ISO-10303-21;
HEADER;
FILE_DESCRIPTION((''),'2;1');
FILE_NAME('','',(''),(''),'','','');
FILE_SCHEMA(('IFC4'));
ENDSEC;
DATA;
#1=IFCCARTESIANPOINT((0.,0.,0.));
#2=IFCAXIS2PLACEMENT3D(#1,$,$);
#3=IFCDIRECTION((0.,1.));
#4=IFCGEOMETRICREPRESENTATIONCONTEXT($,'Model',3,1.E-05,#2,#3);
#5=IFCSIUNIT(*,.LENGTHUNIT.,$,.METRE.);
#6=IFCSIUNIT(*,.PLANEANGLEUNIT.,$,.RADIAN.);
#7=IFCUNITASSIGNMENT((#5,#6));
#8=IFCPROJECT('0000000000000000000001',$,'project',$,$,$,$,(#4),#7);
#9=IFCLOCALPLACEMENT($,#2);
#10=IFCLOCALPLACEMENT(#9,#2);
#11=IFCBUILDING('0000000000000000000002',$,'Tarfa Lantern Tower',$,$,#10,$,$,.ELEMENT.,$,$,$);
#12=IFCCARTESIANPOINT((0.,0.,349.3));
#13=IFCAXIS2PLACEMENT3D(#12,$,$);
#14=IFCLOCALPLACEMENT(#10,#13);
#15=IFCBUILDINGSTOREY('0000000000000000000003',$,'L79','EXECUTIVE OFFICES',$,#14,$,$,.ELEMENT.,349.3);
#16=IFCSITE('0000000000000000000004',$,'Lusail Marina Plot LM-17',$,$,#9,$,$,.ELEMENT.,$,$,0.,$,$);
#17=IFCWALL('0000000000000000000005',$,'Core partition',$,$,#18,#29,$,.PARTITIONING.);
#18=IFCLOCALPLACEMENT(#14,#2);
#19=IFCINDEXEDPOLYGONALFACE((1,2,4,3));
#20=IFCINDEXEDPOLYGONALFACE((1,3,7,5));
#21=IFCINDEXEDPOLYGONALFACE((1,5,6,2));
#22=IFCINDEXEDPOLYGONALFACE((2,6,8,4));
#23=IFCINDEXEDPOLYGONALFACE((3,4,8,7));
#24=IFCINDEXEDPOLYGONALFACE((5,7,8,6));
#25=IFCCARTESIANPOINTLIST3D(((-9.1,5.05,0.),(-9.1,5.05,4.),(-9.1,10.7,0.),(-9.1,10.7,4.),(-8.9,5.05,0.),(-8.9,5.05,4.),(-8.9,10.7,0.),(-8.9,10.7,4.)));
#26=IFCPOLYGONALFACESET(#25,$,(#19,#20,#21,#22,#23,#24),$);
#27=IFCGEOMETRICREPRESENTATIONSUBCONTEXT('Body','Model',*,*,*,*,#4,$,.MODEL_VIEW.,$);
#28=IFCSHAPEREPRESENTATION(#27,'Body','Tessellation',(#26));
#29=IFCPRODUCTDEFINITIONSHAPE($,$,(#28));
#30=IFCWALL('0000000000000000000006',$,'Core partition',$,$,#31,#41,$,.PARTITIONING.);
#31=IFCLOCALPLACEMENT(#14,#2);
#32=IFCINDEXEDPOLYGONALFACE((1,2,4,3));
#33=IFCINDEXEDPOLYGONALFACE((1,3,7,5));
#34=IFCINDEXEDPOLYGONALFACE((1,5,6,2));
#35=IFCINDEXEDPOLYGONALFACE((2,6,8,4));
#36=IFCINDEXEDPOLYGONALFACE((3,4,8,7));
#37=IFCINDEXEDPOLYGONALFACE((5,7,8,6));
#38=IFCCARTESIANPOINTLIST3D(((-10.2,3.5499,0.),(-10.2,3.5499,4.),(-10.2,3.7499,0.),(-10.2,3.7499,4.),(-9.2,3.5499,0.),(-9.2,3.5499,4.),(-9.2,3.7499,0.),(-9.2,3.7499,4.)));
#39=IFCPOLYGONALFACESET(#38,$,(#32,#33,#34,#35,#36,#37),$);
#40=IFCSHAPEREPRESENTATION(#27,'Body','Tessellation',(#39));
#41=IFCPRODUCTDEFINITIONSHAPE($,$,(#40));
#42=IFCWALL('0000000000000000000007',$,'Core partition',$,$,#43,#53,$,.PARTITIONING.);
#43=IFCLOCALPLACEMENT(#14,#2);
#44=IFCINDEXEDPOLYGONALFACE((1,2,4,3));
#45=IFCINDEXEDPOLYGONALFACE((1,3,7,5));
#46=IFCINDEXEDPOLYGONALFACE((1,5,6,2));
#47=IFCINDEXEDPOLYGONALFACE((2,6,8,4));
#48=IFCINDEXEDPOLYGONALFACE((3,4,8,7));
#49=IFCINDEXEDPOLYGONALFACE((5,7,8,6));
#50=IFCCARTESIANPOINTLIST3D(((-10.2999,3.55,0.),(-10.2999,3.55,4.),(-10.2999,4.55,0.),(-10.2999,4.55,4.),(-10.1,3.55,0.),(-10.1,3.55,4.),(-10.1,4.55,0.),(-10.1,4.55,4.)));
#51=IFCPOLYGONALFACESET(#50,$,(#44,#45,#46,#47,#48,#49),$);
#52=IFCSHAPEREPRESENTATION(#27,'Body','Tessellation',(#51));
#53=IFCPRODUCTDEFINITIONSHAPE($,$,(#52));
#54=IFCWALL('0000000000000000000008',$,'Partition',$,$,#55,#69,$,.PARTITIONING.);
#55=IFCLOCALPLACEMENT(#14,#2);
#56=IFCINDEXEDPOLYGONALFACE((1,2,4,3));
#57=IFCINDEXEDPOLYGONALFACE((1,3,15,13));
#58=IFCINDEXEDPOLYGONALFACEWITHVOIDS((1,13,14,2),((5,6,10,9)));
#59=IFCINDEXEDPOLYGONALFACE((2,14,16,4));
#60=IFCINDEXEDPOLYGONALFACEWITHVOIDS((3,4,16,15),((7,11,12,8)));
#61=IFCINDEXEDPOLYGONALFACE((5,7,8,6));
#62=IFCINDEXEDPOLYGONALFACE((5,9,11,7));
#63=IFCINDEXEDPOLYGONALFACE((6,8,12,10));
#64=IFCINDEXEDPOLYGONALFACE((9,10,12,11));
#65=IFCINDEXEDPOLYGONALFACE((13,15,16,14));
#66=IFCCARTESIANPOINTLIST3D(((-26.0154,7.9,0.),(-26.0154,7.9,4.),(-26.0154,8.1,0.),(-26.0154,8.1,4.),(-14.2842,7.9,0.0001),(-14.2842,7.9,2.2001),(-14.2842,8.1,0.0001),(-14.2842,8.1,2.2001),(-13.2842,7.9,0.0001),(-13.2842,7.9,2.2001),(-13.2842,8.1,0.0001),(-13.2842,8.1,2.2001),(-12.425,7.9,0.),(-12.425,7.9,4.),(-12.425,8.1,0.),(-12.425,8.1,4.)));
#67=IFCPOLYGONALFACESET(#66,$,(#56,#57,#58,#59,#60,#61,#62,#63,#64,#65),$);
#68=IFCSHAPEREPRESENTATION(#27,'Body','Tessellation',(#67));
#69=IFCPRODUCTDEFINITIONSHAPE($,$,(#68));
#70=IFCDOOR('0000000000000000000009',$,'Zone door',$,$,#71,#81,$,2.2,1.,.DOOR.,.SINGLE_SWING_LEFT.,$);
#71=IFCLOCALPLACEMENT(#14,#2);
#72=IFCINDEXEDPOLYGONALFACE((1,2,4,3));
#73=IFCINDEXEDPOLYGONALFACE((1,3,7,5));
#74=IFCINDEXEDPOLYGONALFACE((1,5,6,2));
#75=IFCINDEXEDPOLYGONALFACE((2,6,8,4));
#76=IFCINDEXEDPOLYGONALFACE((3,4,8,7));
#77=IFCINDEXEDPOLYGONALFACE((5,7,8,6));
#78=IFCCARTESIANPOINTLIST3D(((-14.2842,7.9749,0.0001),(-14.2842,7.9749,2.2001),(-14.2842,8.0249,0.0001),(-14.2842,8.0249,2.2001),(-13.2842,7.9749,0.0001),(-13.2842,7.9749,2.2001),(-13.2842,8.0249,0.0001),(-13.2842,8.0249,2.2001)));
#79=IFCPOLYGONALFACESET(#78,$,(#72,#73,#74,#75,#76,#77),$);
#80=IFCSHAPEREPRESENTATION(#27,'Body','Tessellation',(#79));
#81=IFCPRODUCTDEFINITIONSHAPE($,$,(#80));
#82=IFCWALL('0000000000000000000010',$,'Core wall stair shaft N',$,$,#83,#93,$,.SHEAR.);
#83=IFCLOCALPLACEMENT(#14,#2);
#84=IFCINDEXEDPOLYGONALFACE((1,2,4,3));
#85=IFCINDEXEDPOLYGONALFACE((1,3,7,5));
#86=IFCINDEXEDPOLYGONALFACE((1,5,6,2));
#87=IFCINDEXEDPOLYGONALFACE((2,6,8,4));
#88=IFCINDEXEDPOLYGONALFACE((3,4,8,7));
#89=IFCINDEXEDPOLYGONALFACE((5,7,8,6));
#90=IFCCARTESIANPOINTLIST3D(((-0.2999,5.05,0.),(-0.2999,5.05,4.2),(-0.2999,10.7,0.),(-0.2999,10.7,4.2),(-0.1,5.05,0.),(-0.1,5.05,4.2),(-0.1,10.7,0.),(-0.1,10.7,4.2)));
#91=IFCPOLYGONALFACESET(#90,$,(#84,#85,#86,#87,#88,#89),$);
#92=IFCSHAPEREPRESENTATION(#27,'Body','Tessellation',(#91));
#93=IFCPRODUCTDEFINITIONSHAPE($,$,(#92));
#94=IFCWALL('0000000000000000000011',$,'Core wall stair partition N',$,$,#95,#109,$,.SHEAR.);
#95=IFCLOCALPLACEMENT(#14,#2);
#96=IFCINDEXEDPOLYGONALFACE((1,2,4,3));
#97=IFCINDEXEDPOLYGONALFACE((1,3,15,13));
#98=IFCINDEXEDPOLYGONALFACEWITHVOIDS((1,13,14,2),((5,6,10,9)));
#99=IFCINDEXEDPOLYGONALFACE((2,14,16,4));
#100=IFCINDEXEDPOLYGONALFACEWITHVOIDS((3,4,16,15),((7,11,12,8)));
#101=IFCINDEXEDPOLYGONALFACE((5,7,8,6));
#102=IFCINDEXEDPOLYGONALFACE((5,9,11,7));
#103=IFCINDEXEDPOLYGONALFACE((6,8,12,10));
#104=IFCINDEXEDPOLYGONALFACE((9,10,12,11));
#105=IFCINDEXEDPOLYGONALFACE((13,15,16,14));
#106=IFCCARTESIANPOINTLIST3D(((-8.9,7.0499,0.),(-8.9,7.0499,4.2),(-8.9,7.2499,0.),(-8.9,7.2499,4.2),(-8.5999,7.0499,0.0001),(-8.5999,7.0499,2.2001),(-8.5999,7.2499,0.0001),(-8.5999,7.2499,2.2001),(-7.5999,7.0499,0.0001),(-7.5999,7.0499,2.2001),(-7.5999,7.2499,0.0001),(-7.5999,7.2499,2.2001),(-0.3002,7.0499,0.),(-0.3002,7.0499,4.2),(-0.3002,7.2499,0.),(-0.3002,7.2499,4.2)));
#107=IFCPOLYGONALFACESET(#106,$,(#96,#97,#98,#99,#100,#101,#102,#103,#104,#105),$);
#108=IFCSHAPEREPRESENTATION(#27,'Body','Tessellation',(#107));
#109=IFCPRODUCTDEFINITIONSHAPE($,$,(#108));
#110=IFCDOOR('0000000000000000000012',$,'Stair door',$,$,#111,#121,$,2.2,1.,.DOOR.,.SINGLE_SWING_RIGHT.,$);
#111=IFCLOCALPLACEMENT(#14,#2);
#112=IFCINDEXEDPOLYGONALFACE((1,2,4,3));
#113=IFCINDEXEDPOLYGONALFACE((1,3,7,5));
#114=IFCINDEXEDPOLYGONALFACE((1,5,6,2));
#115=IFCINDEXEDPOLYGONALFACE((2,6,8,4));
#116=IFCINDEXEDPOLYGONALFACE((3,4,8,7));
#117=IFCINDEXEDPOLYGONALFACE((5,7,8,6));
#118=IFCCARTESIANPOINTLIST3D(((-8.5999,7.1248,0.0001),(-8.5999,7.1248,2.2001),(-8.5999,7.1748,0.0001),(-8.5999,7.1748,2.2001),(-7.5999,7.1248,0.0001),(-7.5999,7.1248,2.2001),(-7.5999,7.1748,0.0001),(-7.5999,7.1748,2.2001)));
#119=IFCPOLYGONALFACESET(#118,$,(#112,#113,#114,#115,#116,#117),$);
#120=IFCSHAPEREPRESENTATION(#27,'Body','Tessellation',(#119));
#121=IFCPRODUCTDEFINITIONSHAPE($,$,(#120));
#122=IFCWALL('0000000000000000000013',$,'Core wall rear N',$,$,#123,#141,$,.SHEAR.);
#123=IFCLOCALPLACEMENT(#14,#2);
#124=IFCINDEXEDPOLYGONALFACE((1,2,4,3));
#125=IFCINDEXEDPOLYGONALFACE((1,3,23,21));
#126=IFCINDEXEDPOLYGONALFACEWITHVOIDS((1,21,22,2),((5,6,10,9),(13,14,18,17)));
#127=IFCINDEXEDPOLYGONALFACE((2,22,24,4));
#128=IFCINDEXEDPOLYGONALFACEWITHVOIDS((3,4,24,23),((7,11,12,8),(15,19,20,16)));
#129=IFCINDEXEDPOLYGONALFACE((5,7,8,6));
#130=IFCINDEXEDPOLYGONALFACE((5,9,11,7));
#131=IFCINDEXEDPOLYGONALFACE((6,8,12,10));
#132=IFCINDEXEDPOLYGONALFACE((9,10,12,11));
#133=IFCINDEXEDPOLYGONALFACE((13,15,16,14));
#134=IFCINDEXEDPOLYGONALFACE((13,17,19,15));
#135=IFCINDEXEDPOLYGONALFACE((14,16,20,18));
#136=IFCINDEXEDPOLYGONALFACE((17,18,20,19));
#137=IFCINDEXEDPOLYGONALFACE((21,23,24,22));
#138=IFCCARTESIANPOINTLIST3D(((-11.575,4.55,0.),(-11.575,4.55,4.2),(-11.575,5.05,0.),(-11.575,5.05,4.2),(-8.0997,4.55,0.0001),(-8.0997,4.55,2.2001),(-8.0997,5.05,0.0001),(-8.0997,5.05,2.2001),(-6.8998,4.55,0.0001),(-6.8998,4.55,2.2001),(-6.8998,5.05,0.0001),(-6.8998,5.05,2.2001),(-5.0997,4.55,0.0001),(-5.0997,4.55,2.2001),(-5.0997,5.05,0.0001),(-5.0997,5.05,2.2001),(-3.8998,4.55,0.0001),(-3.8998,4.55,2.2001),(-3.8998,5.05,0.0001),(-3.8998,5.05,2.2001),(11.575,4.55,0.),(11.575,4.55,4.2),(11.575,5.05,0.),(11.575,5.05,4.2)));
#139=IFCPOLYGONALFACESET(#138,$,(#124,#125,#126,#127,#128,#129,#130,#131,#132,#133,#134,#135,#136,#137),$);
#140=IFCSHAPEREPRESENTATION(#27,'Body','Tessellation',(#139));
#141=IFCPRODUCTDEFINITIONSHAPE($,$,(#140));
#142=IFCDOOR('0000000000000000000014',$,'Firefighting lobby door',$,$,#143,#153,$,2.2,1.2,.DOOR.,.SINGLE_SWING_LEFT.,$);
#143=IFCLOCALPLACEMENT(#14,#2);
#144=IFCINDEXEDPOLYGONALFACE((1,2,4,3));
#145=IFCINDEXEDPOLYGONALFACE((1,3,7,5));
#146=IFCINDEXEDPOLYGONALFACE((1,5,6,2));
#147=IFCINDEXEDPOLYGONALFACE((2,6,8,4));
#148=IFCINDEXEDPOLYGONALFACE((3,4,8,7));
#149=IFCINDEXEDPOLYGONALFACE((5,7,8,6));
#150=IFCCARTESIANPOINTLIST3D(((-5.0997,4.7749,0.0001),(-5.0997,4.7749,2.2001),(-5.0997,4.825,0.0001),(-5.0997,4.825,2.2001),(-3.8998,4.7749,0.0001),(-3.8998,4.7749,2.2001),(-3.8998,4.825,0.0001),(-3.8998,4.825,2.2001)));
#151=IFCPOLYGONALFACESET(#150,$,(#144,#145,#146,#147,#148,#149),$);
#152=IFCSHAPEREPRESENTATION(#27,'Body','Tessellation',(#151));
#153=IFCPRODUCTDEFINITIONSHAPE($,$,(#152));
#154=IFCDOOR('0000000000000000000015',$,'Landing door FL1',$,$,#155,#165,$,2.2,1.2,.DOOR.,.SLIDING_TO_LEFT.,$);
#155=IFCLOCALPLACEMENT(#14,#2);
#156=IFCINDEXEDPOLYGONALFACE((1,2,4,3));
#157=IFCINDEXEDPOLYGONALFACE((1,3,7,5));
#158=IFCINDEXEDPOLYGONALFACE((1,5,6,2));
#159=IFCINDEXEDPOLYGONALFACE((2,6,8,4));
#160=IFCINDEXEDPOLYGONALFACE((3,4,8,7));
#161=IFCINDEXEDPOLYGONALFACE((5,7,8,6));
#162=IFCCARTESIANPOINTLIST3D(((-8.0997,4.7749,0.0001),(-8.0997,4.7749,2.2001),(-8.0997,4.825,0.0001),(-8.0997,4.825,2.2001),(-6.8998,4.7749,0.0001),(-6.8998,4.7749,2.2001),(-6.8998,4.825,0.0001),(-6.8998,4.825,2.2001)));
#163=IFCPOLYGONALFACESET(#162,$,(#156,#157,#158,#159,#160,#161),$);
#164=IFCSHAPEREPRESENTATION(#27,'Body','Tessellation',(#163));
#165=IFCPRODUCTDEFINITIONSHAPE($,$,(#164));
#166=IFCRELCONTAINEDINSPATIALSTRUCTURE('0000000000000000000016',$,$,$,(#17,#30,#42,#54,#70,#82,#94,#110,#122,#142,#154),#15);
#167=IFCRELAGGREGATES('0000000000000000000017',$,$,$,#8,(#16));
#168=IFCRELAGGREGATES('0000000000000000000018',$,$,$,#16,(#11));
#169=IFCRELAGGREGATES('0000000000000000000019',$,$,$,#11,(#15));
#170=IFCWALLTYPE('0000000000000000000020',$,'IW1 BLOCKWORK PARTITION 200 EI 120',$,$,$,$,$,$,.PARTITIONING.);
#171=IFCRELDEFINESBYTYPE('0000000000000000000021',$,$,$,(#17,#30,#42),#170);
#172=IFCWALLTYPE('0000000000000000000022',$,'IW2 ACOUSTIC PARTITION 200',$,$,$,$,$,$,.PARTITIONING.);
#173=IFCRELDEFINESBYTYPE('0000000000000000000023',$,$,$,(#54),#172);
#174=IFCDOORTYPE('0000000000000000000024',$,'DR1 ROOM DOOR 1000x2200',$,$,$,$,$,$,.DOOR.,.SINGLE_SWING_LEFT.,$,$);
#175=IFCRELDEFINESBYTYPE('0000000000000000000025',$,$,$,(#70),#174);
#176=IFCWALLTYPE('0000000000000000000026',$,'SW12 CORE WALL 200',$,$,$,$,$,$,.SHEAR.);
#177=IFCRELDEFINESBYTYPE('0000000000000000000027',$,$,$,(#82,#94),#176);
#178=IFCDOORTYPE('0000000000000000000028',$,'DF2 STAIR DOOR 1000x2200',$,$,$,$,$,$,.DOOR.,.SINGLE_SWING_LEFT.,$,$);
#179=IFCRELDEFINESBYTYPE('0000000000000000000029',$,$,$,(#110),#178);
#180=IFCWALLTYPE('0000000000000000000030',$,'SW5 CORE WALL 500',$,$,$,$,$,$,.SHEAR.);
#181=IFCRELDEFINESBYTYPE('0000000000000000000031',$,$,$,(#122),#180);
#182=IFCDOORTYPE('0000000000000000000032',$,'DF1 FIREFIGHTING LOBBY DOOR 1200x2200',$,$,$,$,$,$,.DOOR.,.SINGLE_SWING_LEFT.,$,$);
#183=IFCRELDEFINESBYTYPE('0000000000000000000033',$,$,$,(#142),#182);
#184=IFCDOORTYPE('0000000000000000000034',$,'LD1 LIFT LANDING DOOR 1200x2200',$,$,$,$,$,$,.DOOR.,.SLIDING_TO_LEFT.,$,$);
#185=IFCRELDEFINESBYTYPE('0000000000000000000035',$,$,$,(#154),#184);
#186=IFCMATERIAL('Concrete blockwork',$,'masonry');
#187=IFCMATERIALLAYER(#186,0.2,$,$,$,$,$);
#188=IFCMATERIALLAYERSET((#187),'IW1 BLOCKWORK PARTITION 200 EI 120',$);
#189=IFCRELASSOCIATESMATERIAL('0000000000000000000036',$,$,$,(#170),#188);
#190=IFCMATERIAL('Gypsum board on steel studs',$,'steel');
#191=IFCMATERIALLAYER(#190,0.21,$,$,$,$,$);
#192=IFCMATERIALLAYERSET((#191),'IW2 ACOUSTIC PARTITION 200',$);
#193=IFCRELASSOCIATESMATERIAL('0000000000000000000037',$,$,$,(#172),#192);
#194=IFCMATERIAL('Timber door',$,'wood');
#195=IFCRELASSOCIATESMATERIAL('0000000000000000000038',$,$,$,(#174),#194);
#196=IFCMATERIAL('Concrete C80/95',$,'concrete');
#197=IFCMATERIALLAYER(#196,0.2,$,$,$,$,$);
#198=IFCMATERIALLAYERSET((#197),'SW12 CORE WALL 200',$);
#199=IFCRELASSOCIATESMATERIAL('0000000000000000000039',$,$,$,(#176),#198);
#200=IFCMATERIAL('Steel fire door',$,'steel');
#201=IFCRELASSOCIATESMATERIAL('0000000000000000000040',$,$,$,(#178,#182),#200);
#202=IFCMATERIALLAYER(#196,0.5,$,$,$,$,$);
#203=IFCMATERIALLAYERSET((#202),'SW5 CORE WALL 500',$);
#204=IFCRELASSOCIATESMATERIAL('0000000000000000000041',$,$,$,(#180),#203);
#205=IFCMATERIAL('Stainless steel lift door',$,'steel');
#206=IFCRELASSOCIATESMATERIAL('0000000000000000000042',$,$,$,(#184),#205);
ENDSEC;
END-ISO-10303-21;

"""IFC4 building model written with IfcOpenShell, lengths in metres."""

from ifc_helpers import new_model, si_unit, direction, frame, frame_2d, origin, place, context, subcontext, project, spatial, rectangle, extrude, material, layer, layer_set, type_object, element, fill, save


model = new_model("IFC4")

# Units and contexts
model_context = context("Model", 3, precision=1e-05, world=origin(), true_north=direction((0.0, 1.0)))
body_context = subcontext(model_context, "Body", "Model", "MODEL_VIEW")
ifc_project = project(units=[si_unit("LENGTHUNIT", "METRE"), si_unit("PLANEANGLEUNIT", "RADIAN")], contexts=[model_context])

# Site, building, storey
site_placement = place(None, origin())
site = spatial("IfcSite", under=ifc_project, at=site_placement, Name="Lusail Marina Plot LM-17", CompositionType="ELEMENT", RefElevation=0.0)
building_placement = place(site_placement, origin())
building = spatial("IfcBuilding", under=site, at=building_placement, Name="Tarfa Lantern Tower", CompositionType="ELEMENT")
storey_placement = place(building_placement, frame((0.0, 0.0, 349.3)))
storey = spatial("IfcBuildingStorey", under=building, at=storey_placement, Name="L79", Description="EXECUTIVE OFFICES", CompositionType="ELEMENT", Elevation=349.3)

# Walls
ifc_material_1 = material(Name="Concrete blockwork", Category="masonry")
ifc_layer_1 = layer(ifc_material_1, 0.2)
ifc_layer_set_1 = layer_set([ifc_layer_1], Name="IW1 BLOCKWORK PARTITION 200 EI 120")
wall_type_1 = type_object("IfcWallType", Name="IW1 BLOCKWORK PARTITION 200 EI 120", PredefinedType="PARTITIONING", material=ifc_layer_set_1)
wall_1_placement = place(storey_placement, frame((-9.0, 5.05, 0.0), z_axis=(0.0, 0.0, 1.0), x_axis=(0.0, 1.0, 0.0)))
element("IfcWall", 1, at=wall_1_placement, inside=storey, type_object=wall_type_1, Name="Core partition", PredefinedType="PARTITIONING", context=body_context, shape_type="SweptSolid", body=[
    extrude(rectangle(XDim=5.6499, YDim=0.2, at=frame_2d((2.825, 0.0))), origin(), (0.0, 0.0, 1.0), 4.0),
])
for number, where, z_axis, x_axis, name in (
    (2, (-10.2, 3.6499, 0.0), (0.0, 0.0, 1.0), (1.0, 0.0, 0.0), "Core partition"),
    (3, (-10.2, 3.55, 0.0), (0.0, 0.0, 1.0), (0.0, 1.0, 0.0), "Core partition"),
):
    element("IfcWall", number, at=place(storey_placement, frame(where, z_axis=z_axis, x_axis=x_axis)), inside=storey, type_object=wall_type_1, Name=name, PredefinedType="PARTITIONING", context=body_context, shape_type="SweptSolid", body=[
        extrude(rectangle(XDim=1.0, YDim=0.2, at=frame_2d((0.5, 0.0))), origin(), (0.0, 0.0, 1.0), 4.0),
    ])

# Wall, opening, door
ifc_material_2 = material(Name="Gypsum board on steel studs", Category="steel")
ifc_layer_2 = layer(ifc_material_2, 0.21)
ifc_layer_set_2 = layer_set([ifc_layer_2], Name="IW2 ACOUSTIC PARTITION 200")
wall_type_2 = type_object("IfcWallType", Name="IW2 ACOUSTIC PARTITION 200", PredefinedType="PARTITIONING", material=ifc_layer_set_2)
wall_2_placement = place(storey_placement, frame((-12.425, 8.0, 0.0), z_axis=(0.0, 0.0, 1.0), x_axis=(-1.0, 0.0, 0.0)))
wall_2 = element("IfcWall", 4, at=wall_2_placement, inside=storey, type_object=wall_type_2, Name="Partition", PredefinedType="PARTITIONING", context=body_context, shape_type="SweptSolid", body=[
    extrude(rectangle(XDim=13.5903, YDim=0.2, at=frame_2d((6.7952, 0.0))), origin(), (0.0, 0.0, 1.0), 4.0),
])
opening_1_placement = place(wall_2_placement, frame((0.8591, 0.0, 0.0)))
opening_1 = element("IfcOpeningElement", 5, at=opening_1_placement, cuts=wall_2, PredefinedType="OPENING", context=body_context, shape_type="SweptSolid", body=[
    extrude(rectangle(XDim=1.0, YDim=2.2, at=frame_2d((0.5, 1.1001))), frame((0.0, 0.1099, 0.0), z_axis=(0.0, -1.0, 0.0), x_axis=(1.0, 0.0, 0.0)), (0.0, 0.0, 1.0), 0.22),
])
ifc_material_3 = material(Name="Timber door", Category="wood")
door_type_1 = type_object("IfcDoorType", Name="DR1 ROOM DOOR 1000x2200", OperationType="SINGLE_SWING_LEFT", PredefinedType="DOOR", material=ifc_material_3)
door_1_placement = place(opening_1_placement, frame((1.0, 0.0, 0.0), z_axis=(0.0, 0.0, 1.0), x_axis=(-1.0, 0.0, 0.0)))
door_1 = element("IfcDoor", 6, at=door_1_placement, inside=storey, type_object=door_type_1, Name="Zone door", OperationType="SINGLE_SWING_LEFT", OverallHeight=2.2, OverallWidth=1.0, PredefinedType="DOOR", context=body_context, shape_type="SweptSolid", body=[
    extrude(rectangle(XDim=1.0, YDim=2.2, at=frame_2d((0.5, 1.1001))), frame((0.0, 0.0249, 0.0), z_axis=(0.0, -1.0, 0.0), x_axis=(1.0, 0.0, 0.0)), (0.0, 0.0, 1.0), 0.05),
])
fill(opening_1, door_1)

# Wall
ifc_material_4 = material(Name="Concrete C80/95", Category="concrete")
ifc_layer_3 = layer(ifc_material_4, 0.2)
ifc_layer_set_3 = layer_set([ifc_layer_3], Name="SW12 CORE WALL 200")
wall_type_3 = type_object("IfcWallType", Name="SW12 CORE WALL 200", PredefinedType="SHEAR", material=ifc_layer_set_3)
wall_3_placement = place(storey_placement, frame((-0.2, 5.05, 0.0), z_axis=(0.0, 0.0, 1.0), x_axis=(0.0, 1.0, 0.0)))
element("IfcWall", 7, at=wall_3_placement, inside=storey, type_object=wall_type_3, Name="Core wall stair shaft N", PredefinedType="SHEAR", context=body_context, shape_type="SweptSolid", body=[
    extrude(rectangle(XDim=5.6499, YDim=0.2, at=frame_2d((2.825, 0.0))), origin(), (0.0, 0.0, 1.0), 4.2),
])

# Wall, opening, door
wall_4_placement = place(storey_placement, frame((-8.8999, 7.1499, 0.0), z_axis=(0.0, 0.0, 1.0), x_axis=(1.0, 0.0, 0.0)))
wall_4 = element("IfcWall", 8, at=wall_4_placement, inside=storey, type_object=wall_type_3, Name="Core wall stair partition N", PredefinedType="SHEAR", context=body_context, shape_type="SweptSolid", body=[
    extrude(rectangle(XDim=8.5999, YDim=0.2, at=frame_2d((4.2998, 0.0))), origin(), (0.0, 0.0, 1.0), 4.2),
])
opening_2_placement = place(wall_4_placement, frame((0.3, 0.0, 0.0)))
opening_2 = element("IfcOpeningElement", 9, at=opening_2_placement, cuts=wall_4, PredefinedType="OPENING", context=body_context, shape_type="SweptSolid", body=[
    extrude(rectangle(XDim=1.0, YDim=2.2, at=frame_2d((0.5, 1.1001))), frame((0.0, 0.1099, 0.0), z_axis=(0.0, -1.0, 0.0), x_axis=(1.0, 0.0, 0.0)), (0.0, 0.0, 1.0), 0.22),
])
ifc_material_5 = material(Name="Steel fire door", Category="steel")
door_type_2 = type_object("IfcDoorType", Name="DF2 STAIR DOOR 1000x2200", OperationType="SINGLE_SWING_LEFT", PredefinedType="DOOR", material=ifc_material_5)
door_2_placement = place(opening_2_placement, origin())
door_2 = element("IfcDoor", 10, at=door_2_placement, inside=storey, type_object=door_type_2, Name="Stair door", OperationType="SINGLE_SWING_RIGHT", OverallHeight=2.2, OverallWidth=1.0, PredefinedType="DOOR", context=body_context, shape_type="SweptSolid", body=[
    extrude(rectangle(XDim=1.0, YDim=2.2, at=frame_2d((0.5, 1.1001))), frame((0.0, 0.0249, 0.0), z_axis=(0.0, -1.0, 0.0), x_axis=(1.0, 0.0, 0.0)), (0.0, 0.0, 1.0), 0.05),
])
fill(opening_2, door_2)

# Wall, openings, doors
ifc_layer_4 = layer(ifc_material_4, 0.5)
ifc_layer_set_4 = layer_set([ifc_layer_4], Name="SW5 CORE WALL 500")
wall_type_4 = type_object("IfcWallType", Name="SW5 CORE WALL 500", PredefinedType="SHEAR", material=ifc_layer_set_4)
wall_5_placement = place(storey_placement, frame((-11.575, 4.8, 0.0), z_axis=(0.0, 0.0, 1.0), x_axis=(1.0, 0.0, 0.0)))
wall_5 = element("IfcWall", 11, at=wall_5_placement, inside=storey, type_object=wall_type_4, Name="Core wall rear N", PredefinedType="SHEAR", context=body_context, shape_type="SweptSolid", body=[
    extrude(rectangle(XDim=23.1499, YDim=0.5, at=frame_2d((11.575, 0.0))), origin(), (0.0, 0.0, 1.0), 4.2),
])
opening_3_placement = place(wall_5_placement, frame((6.4751, 0.0, 0.0)))
opening_3 = element("IfcOpeningElement", 12, at=opening_3_placement, cuts=wall_5, PredefinedType="OPENING", context=body_context, shape_type="SweptSolid", body=[
    extrude(rectangle(XDim=1.2, YDim=2.2, at=frame_2d((0.6001, 1.1001))), frame((0.0, 0.26, 0.0), z_axis=(0.0, -1.0, 0.0), x_axis=(1.0, 0.0, 0.0)), (0.0, 0.0, 1.0), 0.52),
])
opening_4_placement = place(wall_5_placement, frame((3.4751, 0.0, 0.0)))
opening_4 = element("IfcOpeningElement", 13, at=opening_4_placement, cuts=wall_5, PredefinedType="OPENING", context=body_context, shape_type="SweptSolid", body=[
    extrude(rectangle(XDim=1.2, YDim=2.2, at=frame_2d((0.6001, 1.1001))), frame((0.0, 0.26, 0.0), z_axis=(0.0, -1.0, 0.0), x_axis=(1.0, 0.0, 0.0)), (0.0, 0.0, 1.0), 0.52),
])
door_type_3 = type_object("IfcDoorType", Name="DF1 FIREFIGHTING LOBBY DOOR 1200x2200", OperationType="SINGLE_SWING_LEFT", PredefinedType="DOOR", material=ifc_material_5)
door_3_placement = place(opening_3_placement, origin())
door_3 = element("IfcDoor", 14, at=door_3_placement, inside=storey, type_object=door_type_3, Name="Firefighting lobby door", OperationType="SINGLE_SWING_LEFT", OverallHeight=2.2, OverallWidth=1.2, PredefinedType="DOOR", context=body_context, shape_type="SweptSolid", body=[
    extrude(rectangle(XDim=1.2, YDim=2.2, at=frame_2d((0.6001, 1.1001))), frame((0.0, 0.0249, 0.0), z_axis=(0.0, -1.0, 0.0), x_axis=(1.0, 0.0, 0.0)), (0.0, 0.0, 1.0), 0.05),
])
fill(opening_3, door_3)
ifc_material_6 = material(Name="Stainless steel lift door", Category="steel")
door_type_4 = type_object("IfcDoorType", Name="LD1 LIFT LANDING DOOR 1200x2200", OperationType="SLIDING_TO_LEFT", PredefinedType="DOOR", material=ifc_material_6)
door_4_placement = place(opening_4_placement, origin())
door_4 = element("IfcDoor", 15, at=door_4_placement, inside=storey, type_object=door_type_4, Name="Landing door FL1", OperationType="SLIDING_TO_LEFT", OverallHeight=2.2, OverallWidth=1.2, PredefinedType="DOOR", context=body_context, shape_type="SweptSolid", body=[
    extrude(rectangle(XDim=1.2, YDim=2.2, at=frame_2d((0.6001, 1.1001))), frame((0.0, 0.0249, 0.0), z_axis=(0.0, -1.0, 0.0), x_axis=(1.0, 0.0, 0.0)), (0.0, 0.0, 1.0), 0.05),
])
fill(opening_4, door_4)

save(model, "model.ifc")
